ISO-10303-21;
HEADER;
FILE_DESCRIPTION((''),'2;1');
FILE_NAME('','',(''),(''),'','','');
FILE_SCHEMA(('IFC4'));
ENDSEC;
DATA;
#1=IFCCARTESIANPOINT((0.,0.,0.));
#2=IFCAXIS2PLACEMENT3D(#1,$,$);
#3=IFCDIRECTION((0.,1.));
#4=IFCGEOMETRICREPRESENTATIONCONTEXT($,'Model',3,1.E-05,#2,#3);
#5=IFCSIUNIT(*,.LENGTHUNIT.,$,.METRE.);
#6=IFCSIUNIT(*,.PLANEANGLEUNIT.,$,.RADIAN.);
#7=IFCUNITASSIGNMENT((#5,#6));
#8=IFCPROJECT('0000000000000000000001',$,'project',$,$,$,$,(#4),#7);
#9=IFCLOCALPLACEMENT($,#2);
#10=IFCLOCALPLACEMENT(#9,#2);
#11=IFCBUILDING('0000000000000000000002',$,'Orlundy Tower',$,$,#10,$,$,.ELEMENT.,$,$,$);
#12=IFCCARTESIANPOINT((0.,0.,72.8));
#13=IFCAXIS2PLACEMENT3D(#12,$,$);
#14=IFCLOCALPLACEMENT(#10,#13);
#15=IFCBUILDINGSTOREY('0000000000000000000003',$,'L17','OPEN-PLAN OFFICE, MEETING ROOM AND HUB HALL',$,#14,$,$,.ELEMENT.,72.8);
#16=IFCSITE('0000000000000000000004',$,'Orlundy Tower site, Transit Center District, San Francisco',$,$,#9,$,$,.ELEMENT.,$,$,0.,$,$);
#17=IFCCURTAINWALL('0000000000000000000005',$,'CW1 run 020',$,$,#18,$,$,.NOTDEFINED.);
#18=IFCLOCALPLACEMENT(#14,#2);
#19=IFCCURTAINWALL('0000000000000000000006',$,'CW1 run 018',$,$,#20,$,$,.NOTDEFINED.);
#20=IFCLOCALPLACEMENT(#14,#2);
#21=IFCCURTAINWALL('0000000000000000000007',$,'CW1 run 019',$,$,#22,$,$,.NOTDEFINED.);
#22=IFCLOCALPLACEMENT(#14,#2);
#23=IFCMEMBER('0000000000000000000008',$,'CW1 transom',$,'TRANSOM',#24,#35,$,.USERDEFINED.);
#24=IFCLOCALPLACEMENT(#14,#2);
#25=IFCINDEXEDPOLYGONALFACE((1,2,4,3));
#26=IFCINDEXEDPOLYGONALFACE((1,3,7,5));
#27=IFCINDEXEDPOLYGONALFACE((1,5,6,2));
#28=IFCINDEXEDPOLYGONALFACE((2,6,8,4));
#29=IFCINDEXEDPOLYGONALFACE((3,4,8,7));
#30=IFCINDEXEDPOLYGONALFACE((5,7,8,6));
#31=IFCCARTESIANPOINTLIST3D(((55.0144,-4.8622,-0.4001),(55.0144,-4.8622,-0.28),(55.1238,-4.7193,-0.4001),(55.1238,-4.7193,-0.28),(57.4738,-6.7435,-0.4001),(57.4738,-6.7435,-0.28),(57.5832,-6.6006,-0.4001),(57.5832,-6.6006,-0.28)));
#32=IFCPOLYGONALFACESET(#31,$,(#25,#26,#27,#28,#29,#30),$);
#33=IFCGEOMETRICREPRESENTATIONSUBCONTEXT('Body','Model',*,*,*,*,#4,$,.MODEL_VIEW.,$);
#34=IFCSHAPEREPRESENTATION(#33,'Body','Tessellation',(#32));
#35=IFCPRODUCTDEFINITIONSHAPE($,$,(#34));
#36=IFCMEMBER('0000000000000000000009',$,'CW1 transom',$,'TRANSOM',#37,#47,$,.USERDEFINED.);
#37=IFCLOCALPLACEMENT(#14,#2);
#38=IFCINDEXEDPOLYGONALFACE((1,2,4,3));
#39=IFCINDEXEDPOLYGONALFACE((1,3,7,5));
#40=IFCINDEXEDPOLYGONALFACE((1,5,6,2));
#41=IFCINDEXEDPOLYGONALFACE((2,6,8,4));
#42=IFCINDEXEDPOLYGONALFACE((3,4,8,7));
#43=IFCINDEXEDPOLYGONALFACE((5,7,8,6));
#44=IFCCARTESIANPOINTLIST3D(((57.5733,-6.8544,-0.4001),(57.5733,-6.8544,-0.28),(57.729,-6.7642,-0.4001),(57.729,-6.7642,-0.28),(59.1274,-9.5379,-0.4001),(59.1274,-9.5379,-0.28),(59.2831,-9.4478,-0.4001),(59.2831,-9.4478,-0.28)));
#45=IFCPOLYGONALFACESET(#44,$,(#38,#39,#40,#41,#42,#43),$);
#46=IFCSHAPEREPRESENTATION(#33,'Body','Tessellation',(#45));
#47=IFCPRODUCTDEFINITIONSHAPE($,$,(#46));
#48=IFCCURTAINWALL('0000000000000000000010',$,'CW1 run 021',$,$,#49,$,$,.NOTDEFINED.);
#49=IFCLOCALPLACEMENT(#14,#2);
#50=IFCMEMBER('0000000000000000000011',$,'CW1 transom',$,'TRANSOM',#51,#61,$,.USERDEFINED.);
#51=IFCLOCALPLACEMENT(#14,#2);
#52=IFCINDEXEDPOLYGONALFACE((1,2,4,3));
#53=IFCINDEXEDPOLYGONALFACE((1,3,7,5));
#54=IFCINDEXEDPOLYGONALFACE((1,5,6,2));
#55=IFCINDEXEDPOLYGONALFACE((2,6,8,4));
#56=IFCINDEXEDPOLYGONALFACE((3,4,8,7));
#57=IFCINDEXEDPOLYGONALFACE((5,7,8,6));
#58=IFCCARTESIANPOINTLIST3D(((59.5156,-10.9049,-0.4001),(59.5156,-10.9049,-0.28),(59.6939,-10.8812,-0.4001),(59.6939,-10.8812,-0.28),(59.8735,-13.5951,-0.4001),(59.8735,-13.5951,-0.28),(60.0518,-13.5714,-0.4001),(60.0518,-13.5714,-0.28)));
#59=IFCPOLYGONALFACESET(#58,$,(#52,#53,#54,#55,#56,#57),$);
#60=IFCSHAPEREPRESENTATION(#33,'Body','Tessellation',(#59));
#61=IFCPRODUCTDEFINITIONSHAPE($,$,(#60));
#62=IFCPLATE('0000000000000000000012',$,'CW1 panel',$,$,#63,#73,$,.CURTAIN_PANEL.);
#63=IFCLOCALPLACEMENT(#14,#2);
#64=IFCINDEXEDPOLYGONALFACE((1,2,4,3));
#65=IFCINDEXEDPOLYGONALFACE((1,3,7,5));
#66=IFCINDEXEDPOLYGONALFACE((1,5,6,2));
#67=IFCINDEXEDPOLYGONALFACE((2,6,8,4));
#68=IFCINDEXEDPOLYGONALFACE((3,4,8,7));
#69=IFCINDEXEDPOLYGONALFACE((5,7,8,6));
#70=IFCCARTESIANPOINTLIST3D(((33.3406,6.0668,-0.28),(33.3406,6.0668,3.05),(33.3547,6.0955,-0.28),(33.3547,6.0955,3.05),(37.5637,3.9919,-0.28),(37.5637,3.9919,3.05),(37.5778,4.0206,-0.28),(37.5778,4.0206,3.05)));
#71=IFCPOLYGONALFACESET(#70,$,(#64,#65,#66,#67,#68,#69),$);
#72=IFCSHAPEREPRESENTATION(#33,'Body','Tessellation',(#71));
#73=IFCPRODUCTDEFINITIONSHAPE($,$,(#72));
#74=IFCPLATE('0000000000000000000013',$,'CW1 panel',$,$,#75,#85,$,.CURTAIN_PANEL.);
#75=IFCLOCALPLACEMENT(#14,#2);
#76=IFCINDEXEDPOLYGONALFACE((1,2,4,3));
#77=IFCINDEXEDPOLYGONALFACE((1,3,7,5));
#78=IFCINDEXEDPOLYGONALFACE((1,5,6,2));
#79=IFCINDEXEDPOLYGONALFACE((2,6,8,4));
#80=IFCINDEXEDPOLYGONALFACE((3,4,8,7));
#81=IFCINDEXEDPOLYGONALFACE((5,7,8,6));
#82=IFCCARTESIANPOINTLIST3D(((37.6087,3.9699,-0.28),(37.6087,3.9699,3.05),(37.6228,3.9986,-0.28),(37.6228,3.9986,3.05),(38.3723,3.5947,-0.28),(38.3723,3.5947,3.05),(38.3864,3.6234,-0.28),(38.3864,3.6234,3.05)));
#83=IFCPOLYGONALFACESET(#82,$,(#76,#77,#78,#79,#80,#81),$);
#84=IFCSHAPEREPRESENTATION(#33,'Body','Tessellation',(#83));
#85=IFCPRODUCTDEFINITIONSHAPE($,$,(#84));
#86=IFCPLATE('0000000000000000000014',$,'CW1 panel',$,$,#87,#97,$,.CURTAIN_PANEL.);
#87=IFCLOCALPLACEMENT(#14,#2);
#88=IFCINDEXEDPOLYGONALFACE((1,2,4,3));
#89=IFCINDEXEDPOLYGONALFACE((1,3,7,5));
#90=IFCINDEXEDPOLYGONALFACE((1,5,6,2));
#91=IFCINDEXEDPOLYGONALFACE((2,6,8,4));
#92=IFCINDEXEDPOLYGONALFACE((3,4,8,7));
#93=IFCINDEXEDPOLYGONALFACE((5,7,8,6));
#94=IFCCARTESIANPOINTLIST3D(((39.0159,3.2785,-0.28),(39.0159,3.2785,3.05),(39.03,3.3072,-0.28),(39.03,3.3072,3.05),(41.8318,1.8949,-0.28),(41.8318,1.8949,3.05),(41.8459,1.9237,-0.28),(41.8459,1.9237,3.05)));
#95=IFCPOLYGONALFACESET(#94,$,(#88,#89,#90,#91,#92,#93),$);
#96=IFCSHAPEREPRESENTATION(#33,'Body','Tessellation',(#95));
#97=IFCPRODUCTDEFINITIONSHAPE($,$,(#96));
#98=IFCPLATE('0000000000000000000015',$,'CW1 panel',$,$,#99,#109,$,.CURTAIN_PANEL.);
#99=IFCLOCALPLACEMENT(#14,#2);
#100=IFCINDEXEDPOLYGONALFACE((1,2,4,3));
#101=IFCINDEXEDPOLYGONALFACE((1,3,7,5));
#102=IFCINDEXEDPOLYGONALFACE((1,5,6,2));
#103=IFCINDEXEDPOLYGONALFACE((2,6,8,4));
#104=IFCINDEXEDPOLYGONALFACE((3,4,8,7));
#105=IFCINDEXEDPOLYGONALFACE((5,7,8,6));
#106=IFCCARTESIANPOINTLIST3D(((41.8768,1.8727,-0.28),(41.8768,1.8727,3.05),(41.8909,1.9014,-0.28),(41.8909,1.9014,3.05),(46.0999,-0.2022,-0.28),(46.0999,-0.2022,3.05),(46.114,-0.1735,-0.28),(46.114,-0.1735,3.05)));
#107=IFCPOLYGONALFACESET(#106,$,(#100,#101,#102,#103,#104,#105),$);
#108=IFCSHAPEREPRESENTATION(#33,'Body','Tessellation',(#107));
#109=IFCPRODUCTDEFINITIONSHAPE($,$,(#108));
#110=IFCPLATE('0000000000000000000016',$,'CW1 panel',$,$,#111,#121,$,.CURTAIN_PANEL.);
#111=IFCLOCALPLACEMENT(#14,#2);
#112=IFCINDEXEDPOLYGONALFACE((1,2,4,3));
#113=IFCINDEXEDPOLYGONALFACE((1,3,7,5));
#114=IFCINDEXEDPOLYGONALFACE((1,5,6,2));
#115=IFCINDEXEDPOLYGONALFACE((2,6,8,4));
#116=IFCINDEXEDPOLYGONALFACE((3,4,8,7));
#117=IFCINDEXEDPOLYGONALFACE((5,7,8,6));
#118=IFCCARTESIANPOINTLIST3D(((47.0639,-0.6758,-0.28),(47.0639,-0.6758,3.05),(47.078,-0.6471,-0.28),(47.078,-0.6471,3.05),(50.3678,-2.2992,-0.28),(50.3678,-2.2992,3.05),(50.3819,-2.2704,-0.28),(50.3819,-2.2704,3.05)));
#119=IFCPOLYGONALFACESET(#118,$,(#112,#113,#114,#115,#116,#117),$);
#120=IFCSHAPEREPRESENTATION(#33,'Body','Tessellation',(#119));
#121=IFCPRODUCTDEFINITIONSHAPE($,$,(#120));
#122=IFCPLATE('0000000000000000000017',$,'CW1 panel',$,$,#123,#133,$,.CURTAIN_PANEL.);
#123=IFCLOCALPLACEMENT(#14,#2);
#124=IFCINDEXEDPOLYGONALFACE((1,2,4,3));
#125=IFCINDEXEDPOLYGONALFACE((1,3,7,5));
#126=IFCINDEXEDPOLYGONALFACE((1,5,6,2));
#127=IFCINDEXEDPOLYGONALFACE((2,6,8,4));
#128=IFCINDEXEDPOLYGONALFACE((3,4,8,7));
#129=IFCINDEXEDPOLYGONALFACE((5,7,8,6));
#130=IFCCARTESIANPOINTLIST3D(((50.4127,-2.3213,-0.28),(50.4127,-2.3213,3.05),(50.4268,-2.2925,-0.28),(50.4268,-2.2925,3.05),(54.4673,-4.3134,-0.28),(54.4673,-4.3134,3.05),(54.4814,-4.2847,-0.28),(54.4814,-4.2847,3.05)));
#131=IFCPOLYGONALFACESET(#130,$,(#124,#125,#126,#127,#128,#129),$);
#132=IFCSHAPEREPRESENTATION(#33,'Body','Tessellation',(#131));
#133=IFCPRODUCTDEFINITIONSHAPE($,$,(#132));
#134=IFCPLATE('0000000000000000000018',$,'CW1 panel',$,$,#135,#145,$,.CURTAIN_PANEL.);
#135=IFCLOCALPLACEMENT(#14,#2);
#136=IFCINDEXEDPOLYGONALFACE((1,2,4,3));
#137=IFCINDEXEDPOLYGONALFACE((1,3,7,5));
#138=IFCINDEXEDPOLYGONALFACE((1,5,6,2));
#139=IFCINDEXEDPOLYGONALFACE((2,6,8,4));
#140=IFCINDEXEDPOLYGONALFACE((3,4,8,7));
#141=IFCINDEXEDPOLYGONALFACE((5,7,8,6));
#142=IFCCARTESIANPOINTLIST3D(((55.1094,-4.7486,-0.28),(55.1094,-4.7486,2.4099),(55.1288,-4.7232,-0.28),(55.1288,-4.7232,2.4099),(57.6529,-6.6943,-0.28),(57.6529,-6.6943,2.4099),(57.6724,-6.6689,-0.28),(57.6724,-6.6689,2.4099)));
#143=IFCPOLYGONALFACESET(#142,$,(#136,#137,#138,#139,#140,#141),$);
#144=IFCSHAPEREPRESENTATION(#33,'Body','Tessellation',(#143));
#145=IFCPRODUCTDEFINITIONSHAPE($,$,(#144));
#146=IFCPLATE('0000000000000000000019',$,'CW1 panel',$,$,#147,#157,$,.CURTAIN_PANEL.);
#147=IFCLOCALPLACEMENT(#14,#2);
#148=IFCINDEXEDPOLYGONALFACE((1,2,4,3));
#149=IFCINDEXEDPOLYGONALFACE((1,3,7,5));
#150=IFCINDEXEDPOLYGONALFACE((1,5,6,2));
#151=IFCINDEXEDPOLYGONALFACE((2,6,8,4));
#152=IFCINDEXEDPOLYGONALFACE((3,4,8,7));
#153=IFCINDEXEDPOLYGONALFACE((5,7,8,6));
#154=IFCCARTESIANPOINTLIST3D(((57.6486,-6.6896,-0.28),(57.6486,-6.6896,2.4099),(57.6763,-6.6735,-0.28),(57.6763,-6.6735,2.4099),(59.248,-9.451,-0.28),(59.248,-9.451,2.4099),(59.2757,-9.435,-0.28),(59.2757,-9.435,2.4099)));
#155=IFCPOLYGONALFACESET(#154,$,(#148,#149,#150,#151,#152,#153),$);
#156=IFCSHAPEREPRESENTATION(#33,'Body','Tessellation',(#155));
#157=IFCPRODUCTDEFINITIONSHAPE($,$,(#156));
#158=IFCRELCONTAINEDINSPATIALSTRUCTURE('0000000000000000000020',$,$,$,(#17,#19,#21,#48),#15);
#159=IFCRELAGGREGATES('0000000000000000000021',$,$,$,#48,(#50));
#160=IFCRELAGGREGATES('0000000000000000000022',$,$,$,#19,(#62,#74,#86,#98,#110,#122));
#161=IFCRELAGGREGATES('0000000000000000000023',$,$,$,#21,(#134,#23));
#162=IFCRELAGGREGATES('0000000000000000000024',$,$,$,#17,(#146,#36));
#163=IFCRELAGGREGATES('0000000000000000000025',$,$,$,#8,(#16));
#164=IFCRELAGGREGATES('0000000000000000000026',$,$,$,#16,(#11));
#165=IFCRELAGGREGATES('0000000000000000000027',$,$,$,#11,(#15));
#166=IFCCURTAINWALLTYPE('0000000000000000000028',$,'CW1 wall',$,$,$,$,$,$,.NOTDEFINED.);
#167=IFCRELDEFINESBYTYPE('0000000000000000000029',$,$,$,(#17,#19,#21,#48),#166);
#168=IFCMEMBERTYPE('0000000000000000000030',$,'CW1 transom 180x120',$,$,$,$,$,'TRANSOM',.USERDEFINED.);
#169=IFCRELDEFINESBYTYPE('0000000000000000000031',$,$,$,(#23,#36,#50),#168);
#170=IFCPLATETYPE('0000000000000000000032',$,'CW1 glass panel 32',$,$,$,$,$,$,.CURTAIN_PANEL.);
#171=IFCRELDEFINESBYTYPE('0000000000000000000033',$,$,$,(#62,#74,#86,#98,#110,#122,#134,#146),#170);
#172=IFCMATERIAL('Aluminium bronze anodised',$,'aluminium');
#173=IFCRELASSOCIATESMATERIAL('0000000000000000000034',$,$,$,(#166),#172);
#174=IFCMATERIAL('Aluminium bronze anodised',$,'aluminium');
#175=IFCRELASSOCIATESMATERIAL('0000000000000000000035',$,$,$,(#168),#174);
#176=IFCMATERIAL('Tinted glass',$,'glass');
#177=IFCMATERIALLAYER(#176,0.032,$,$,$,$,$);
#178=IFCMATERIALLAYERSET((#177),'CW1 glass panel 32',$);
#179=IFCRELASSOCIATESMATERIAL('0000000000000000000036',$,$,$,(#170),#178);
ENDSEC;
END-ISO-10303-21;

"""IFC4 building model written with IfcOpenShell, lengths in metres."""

from ifc_helpers import new_model, si_unit, direction, frame, origin, origin_2d, place, context, subcontext, project, spatial, rectangle, extrude, material, layer, layer_set, material_profile, profile_set, type_object, element, aggregate, save


model = new_model("IFC4")

# Units and contexts
model_context = context("Model", 3, precision=1e-05, world=origin(), true_north=direction((0.0, 1.0)))
body_context = subcontext(model_context, "Body", "Model", "MODEL_VIEW")
ifc_project = project(units=[si_unit("LENGTHUNIT", "METRE"), si_unit("PLANEANGLEUNIT", "RADIAN")], contexts=[model_context])

# Site, building, storey
site_placement = place(None, origin())
site = spatial("IfcSite", under=ifc_project, at=site_placement, Name="Orlundy Tower site, Transit Center District, San Francisco", CompositionType="ELEMENT", RefElevation=0.0)
building_placement = place(site_placement, origin())
building = spatial("IfcBuilding", under=site, at=building_placement, Name="Orlundy Tower", CompositionType="ELEMENT")
storey_placement = place(building_placement, frame((0.0, 0.0, 72.8)))
storey = spatial("IfcBuildingStorey", under=building, at=storey_placement, Name="L17", Description="OPEN-PLAN OFFICE, MEETING ROOM AND HUB HALL", CompositionType="ELEMENT", Elevation=72.8)

# Curtain wall
ifc_material_1 = material(Name="Aluminium bronze anodised", Category="aluminium")
curtain_wall_type = type_object("IfcCurtainWallType", Name="CW1 wall", PredefinedType="NOTDEFINED", material=ifc_material_1)
curtain_wall_1_placement = place(storey_placement, origin())
curtain_wall_1 = element("IfcCurtainWall", 1, at=curtain_wall_1_placement, inside=storey, type_object=curtain_wall_type, Name="CW1 run 020", PredefinedType="NOTDEFINED")

# Curtain wall
curtain_wall_2_placement = place(storey_placement, origin())
curtain_wall_2 = element("IfcCurtainWall", 2, at=curtain_wall_2_placement, inside=storey, type_object=curtain_wall_type, Name="CW1 run 018", PredefinedType="NOTDEFINED")
ifc_material_2 = material(Name="Aluminium bronze anodised", Category="aluminium")
ifc_material_profile_1 = material_profile(ifc_material_2, rectangle(XDim=0.1799, YDim=0.1201, at=origin_2d()), Name="CW1 transom 180x120")
ifc_profile_set_1 = profile_set([ifc_material_profile_1], Name="Aluminium bronze anodised")
member_type_1 = type_object("IfcMemberType", Name="CW1 transom 180x120", ElementType="TRANSOM", PredefinedType="USERDEFINED", material=ifc_profile_set_1)

# Curtain wall, member
curtain_wall_3_placement = place(storey_placement, origin())
curtain_wall_3 = element("IfcCurtainWall", 3, at=curtain_wall_3_placement, inside=storey, type_object=curtain_wall_type, Name="CW1 run 019", PredefinedType="NOTDEFINED")
member_1_placement = place(storey_placement, frame((55.0691, -4.7908, -0.3401), z_axis=(0.794268, -0.607567, 0.0), x_axis=(0.607567, 0.794268, 0.0)))
member_1 = element("IfcMember", 4, at=member_1_placement, type_object=member_type_1, Name="CW1 transom", ObjectType="TRANSOM", PredefinedType="USERDEFINED", context=body_context, shape_type="SweptSolid", body=[
    extrude(rectangle(XDim=0.1799, YDim=0.1201, at=origin_2d()), origin(), (0.0, 0.0, 1.0), 3.0964),
])

# Member
member_2_placement = place(storey_placement, frame((57.6511, -6.8093, -0.3401), z_axis=(0.501167, -0.865351, 0.0), x_axis=(0.865351, 0.501167, 0.0)))
member_2 = element("IfcMember", 5, at=member_2_placement, type_object=member_type_1, Name="CW1 transom", ObjectType="TRANSOM", PredefinedType="USERDEFINED", context=body_context, shape_type="SweptSolid", body=[
    extrude(rectangle(XDim=0.1799, YDim=0.1201, at=origin_2d()), origin(), (0.0, 0.0, 1.0), 3.1011),
])

# Curtain wall, member
curtain_wall_4_placement = place(storey_placement, origin())
curtain_wall_4 = element("IfcCurtainWall", 6, at=curtain_wall_4_placement, inside=storey, type_object=curtain_wall_type, Name="CW1 run 021", PredefinedType="NOTDEFINED")
member_3_placement = place(storey_placement, frame((59.6047, -10.8931, -0.3401), z_axis=(0.131881, -0.991266, 0.0), x_axis=(0.991266, 0.131881, 0.0)))
member_3 = element("IfcMember", 7, at=member_3_placement, type_object=member_type_1, Name="CW1 transom", ObjectType="TRANSOM", PredefinedType="USERDEFINED", context=body_context, shape_type="SweptSolid", body=[
    extrude(rectangle(XDim=0.1799, YDim=0.1201, at=origin_2d()), origin(), (0.0, 0.0, 1.0), 2.7139),
])
aggregate(curtain_wall_4, [member_3])

# Plates
ifc_material_3 = material(Name="Tinted glass", Category="glass")
ifc_layer_1 = layer(ifc_material_3, 0.032)
ifc_layer_set_1 = layer_set([ifc_layer_1], Name="CW1 glass panel 32")
plate_type = type_object("IfcPlateType", Name="CW1 glass panel 32", PredefinedType="CURTAIN_PANEL", material=ifc_layer_set_1)
plate_1_placement = place(storey_placement, frame((35.4592, 5.0437, -0.28), z_axis=(0.0, 0.0, 1.0), x_axis=(0.897518, -0.440978, 0.0)))
plate_1 = element("IfcPlate", 8, at=plate_1_placement, type_object=plate_type, Name="CW1 panel", PredefinedType="CURTAIN_PANEL", context=body_context, shape_type="SweptSolid", body=[
    extrude(rectangle(XDim=4.7053, YDim=0.032, at=origin_2d()), origin(), (0.0, 0.0, 1.0), 3.3301),
])
plate_2_placement = place(storey_placement, frame((37.9976, 3.7966, -0.28), z_axis=(0.0, 0.0, 1.0), x_axis=(0.897518, -0.440978, 0.0)))
plate_2 = element("IfcPlate", 9, at=plate_2_placement, type_object=plate_type, Name="CW1 panel", PredefinedType="CURTAIN_PANEL", context=body_context, shape_type="SweptSolid", body=[
    extrude(rectangle(XDim=0.8508, YDim=0.032, at=origin_2d()), origin(), (0.0, 0.0, 1.0), 3.3301),
])
plate_3_placement = place(storey_placement, frame((40.4309, 2.6011, -0.28), z_axis=(0.0, 0.0, 1.0), x_axis=(0.897518, -0.440978, 0.0)))
plate_3 = element("IfcPlate", 10, at=plate_3_placement, type_object=plate_type, Name="CW1 panel", PredefinedType="CURTAIN_PANEL", context=body_context, shape_type="SweptSolid", body=[
    extrude(rectangle(XDim=3.1375, YDim=0.032, at=origin_2d()), origin(), (0.0, 0.0, 1.0), 3.3301),
])
plate_4_placement = place(storey_placement, frame((43.9954, 0.8496, -0.28), z_axis=(0.0, 0.0, 1.0), x_axis=(0.897518, -0.440978, 0.0)))
plate_4 = element("IfcPlate", 11, at=plate_4_placement, type_object=plate_type, Name="CW1 panel", PredefinedType="CURTAIN_PANEL", context=body_context, shape_type="SweptSolid", body=[
    extrude(rectangle(XDim=4.7053, YDim=0.032, at=origin_2d()), origin(), (0.0, 0.0, 1.0), 3.3301),
])
plate_5_placement = place(storey_placement, frame((48.7229, -1.4731, -0.28), z_axis=(0.0, 0.0, 1.0), x_axis=(0.897518, -0.440978, 0.0)))
plate_5 = element("IfcPlate", 12, at=plate_5_placement, type_object=plate_type, Name="CW1 panel", PredefinedType="CURTAIN_PANEL", context=body_context, shape_type="SweptSolid", body=[
    extrude(rectangle(XDim=3.6812, YDim=0.032, at=origin_2d()), origin(), (0.0, 0.0, 1.0), 3.3301),
])
plate_6_placement = place(storey_placement, frame((52.447, -3.303, -0.28), z_axis=(0.0, 0.0, 1.0), x_axis=(0.897518, -0.440978, 0.0)))
plate_6 = element("IfcPlate", 13, at=plate_6_placement, type_object=plate_type, Name="CW1 panel", PredefinedType="CURTAIN_PANEL", context=body_context, shape_type="SweptSolid", body=[
    extrude(rectangle(XDim=4.5176, YDim=0.032, at=origin_2d()), origin(), (0.0, 0.0, 1.0), 3.3301),
])
aggregate(curtain_wall_2, [plate_1, plate_2, plate_3, plate_4, plate_5, plate_6])
plate_7_placement = place(storey_placement, frame((56.3909, -5.7087, -0.28), z_axis=(0.0, 0.0, 1.0), x_axis=(0.794266, -0.60757, 0.0)))
plate_7 = element("IfcPlate", 14, at=plate_7_placement, type_object=plate_type, Name="CW1 panel", PredefinedType="CURTAIN_PANEL", context=body_context, shape_type="SweptSolid", body=[
    extrude(rectangle(XDim=3.2024, YDim=0.032, at=origin_2d()), origin(), (0.0, 0.0, 1.0), 2.6899),
])
aggregate(curtain_wall_3, [plate_7, member_1])
plate_8_placement = place(storey_placement, frame((58.4622, -8.0623, -0.28), z_axis=(0.0, 0.0, 1.0), x_axis=(0.501185, -0.86534, 0.0)))
plate_8 = element("IfcPlate", 15, at=plate_8_placement, type_object=plate_type, Name="CW1 panel", PredefinedType="CURTAIN_PANEL", context=body_context, shape_type="SweptSolid", body=[
    extrude(rectangle(XDim=3.1912, YDim=0.032, at=origin_2d()), origin(), (0.0, 0.0, 1.0), 2.6899),
])
aggregate(curtain_wall_1, [plate_8, member_2])

save(model, "model.ifc")
